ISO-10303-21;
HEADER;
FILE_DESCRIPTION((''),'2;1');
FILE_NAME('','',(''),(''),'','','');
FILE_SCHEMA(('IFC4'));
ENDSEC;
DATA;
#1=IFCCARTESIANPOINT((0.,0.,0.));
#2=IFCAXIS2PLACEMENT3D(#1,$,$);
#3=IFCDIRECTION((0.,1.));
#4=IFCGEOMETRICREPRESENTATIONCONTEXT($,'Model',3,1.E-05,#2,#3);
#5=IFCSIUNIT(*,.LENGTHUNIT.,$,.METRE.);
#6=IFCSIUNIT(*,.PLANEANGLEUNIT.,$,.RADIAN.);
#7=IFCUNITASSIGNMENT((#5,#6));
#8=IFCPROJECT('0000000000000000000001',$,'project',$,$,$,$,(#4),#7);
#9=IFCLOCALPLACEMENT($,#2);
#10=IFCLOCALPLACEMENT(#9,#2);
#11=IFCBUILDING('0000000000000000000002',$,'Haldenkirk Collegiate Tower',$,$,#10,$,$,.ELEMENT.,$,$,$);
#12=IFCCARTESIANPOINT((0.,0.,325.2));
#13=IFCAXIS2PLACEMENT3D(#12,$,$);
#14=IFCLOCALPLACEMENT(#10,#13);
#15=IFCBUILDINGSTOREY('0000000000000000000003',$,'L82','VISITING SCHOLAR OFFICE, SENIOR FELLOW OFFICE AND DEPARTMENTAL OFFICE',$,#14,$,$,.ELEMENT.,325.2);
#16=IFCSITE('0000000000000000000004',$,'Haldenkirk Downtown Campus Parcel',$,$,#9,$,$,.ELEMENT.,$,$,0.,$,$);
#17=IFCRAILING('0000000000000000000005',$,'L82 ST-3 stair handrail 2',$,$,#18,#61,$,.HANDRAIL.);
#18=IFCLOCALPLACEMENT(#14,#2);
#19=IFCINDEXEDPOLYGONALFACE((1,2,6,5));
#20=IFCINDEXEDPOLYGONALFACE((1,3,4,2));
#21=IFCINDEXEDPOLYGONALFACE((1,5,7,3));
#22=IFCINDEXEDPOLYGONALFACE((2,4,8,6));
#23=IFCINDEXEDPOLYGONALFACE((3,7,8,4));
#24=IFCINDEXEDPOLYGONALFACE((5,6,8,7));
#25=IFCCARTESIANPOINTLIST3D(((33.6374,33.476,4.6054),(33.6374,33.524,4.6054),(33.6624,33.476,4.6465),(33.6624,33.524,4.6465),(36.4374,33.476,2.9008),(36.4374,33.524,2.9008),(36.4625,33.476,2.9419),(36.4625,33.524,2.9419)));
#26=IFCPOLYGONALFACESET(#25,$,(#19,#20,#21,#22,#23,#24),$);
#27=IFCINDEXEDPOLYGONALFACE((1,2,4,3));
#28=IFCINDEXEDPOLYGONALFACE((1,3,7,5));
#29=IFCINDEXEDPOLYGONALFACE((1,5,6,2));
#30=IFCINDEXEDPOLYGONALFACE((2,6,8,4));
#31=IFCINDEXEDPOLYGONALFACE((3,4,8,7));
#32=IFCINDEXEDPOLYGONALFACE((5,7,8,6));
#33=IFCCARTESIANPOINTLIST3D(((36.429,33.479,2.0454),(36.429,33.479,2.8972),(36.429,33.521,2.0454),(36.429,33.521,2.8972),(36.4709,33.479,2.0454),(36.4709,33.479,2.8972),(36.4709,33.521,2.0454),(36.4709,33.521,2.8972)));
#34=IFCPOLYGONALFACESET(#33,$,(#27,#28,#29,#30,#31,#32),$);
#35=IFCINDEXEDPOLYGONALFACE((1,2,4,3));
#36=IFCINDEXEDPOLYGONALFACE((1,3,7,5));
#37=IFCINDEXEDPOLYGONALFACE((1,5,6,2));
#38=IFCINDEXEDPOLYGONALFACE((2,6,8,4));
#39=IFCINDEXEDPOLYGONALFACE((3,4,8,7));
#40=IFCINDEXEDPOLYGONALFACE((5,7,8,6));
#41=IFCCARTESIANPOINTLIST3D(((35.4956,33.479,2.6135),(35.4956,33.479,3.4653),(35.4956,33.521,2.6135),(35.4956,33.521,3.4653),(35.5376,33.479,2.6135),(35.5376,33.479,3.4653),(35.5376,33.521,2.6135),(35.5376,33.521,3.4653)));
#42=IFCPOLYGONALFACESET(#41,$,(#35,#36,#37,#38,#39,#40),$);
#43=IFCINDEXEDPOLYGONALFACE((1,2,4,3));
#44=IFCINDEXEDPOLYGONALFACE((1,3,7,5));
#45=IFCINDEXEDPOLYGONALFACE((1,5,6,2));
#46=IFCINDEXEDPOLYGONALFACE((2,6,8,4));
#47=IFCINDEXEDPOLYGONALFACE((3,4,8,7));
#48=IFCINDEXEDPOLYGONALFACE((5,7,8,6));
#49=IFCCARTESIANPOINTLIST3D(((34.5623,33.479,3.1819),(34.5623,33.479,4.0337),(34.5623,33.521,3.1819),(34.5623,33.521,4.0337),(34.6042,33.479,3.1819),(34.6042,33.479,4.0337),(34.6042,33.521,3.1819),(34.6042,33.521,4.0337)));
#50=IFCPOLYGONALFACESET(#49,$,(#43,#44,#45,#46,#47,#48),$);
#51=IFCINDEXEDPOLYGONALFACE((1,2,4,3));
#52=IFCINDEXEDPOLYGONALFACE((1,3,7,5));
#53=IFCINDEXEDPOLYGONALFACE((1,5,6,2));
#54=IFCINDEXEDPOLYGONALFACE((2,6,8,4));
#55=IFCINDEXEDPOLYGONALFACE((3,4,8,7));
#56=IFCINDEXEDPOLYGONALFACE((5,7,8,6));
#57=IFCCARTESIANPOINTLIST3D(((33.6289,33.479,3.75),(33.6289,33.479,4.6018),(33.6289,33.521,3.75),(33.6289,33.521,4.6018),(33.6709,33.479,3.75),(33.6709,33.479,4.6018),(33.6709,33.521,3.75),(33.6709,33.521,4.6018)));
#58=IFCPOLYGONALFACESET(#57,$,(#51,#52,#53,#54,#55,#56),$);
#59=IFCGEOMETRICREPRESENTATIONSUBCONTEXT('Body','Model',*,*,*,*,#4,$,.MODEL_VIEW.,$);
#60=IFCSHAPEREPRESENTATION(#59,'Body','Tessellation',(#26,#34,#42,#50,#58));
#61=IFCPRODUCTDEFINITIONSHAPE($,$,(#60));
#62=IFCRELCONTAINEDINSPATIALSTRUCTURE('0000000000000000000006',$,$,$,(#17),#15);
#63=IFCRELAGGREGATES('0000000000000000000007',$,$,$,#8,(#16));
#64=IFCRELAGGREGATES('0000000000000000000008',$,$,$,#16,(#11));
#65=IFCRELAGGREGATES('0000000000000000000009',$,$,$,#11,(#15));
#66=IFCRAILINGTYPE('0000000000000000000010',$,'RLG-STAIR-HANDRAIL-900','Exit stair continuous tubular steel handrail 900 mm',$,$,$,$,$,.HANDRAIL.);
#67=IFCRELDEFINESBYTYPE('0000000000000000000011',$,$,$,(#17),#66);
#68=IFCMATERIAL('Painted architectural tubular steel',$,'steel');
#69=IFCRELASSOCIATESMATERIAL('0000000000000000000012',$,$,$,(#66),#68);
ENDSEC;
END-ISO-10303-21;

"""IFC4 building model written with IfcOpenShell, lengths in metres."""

from ifc_helpers import new_model, si_unit, direction, frame, origin, origin_2d, place, context, subcontext, project, spatial, rectangle, extrude, material, type_object, element, save


model = new_model("IFC4")

# Units and contexts
model_context = context("Model", 3, precision=1e-05, world=origin(), true_north=direction((0.0, 1.0)))
body_context = subcontext(model_context, "Body", "Model", "MODEL_VIEW")
ifc_project = project(units=[si_unit("LENGTHUNIT", "METRE"), si_unit("PLANEANGLEUNIT", "RADIAN")], contexts=[model_context])

# Site, building, storey
site_placement = place(None, origin())
site = spatial("IfcSite", under=ifc_project, at=site_placement, Name="Haldenkirk Downtown Campus Parcel", CompositionType="ELEMENT", RefElevation=0.0)
building_placement = place(site_placement, origin())
building = spatial("IfcBuilding", under=site, at=building_placement, Name="Haldenkirk Collegiate Tower", CompositionType="ELEMENT")
storey_placement = place(building_placement, frame((0.0, 0.0, 325.2)))
storey = spatial("IfcBuildingStorey", under=building, at=storey_placement, Name="L82", Description="VISITING SCHOLAR OFFICE, SENIOR FELLOW OFFICE AND DEPARTMENTAL OFFICE", CompositionType="ELEMENT", Elevation=325.2)

# Railing
ifc_material_1 = material(Name="Painted architectural tubular steel", Category="steel")
railing_type_1 = type_object("IfcRailingType", Name="RLG-STAIR-HANDRAIL-900", Description="Exit stair continuous tubular steel handrail 900 mm", PredefinedType="HANDRAIL", material=ifc_material_1)
railing_1_placement = place(storey_placement, frame((36.45, 33.5, 2.0454)))
element("IfcRailing", 1, at=railing_1_placement, inside=storey, type_object=railing_type_1, Name="L82 ST-3 stair handrail 2", PredefinedType="HANDRAIL", context=body_context, shape_type="SweptSolid", body=[
    extrude(rectangle(XDim=0.0481, YDim=0.0481, at=origin_2d()), frame((0.0, 0.0, 0.876), z_axis=(-0.85417, 0.0, 0.519994), x_axis=(0.0, -1.0, 0.0)), (0.0, 0.0, 1.0), 3.2781),
    extrude(rectangle(XDim=0.042, YDim=0.042, at=origin_2d()), origin(), (0.0, 0.0, 1.0), 0.8518),
    extrude(rectangle(XDim=0.042, YDim=0.042, at=origin_2d()), frame((-0.9333, 0.0, 0.5681)), (0.0, 0.0, 1.0), 0.8518),
    extrude(rectangle(XDim=0.042, YDim=0.042, at=origin_2d()), frame((-1.8667, 0.0, 1.1365)), (0.0, 0.0, 1.0), 0.8518),
    extrude(rectangle(XDim=0.042, YDim=0.042, at=origin_2d()), frame((-2.8, 0.0, 1.7046)), (0.0, 0.0, 1.0), 0.8518),
])

save(model, "model.ifc")
